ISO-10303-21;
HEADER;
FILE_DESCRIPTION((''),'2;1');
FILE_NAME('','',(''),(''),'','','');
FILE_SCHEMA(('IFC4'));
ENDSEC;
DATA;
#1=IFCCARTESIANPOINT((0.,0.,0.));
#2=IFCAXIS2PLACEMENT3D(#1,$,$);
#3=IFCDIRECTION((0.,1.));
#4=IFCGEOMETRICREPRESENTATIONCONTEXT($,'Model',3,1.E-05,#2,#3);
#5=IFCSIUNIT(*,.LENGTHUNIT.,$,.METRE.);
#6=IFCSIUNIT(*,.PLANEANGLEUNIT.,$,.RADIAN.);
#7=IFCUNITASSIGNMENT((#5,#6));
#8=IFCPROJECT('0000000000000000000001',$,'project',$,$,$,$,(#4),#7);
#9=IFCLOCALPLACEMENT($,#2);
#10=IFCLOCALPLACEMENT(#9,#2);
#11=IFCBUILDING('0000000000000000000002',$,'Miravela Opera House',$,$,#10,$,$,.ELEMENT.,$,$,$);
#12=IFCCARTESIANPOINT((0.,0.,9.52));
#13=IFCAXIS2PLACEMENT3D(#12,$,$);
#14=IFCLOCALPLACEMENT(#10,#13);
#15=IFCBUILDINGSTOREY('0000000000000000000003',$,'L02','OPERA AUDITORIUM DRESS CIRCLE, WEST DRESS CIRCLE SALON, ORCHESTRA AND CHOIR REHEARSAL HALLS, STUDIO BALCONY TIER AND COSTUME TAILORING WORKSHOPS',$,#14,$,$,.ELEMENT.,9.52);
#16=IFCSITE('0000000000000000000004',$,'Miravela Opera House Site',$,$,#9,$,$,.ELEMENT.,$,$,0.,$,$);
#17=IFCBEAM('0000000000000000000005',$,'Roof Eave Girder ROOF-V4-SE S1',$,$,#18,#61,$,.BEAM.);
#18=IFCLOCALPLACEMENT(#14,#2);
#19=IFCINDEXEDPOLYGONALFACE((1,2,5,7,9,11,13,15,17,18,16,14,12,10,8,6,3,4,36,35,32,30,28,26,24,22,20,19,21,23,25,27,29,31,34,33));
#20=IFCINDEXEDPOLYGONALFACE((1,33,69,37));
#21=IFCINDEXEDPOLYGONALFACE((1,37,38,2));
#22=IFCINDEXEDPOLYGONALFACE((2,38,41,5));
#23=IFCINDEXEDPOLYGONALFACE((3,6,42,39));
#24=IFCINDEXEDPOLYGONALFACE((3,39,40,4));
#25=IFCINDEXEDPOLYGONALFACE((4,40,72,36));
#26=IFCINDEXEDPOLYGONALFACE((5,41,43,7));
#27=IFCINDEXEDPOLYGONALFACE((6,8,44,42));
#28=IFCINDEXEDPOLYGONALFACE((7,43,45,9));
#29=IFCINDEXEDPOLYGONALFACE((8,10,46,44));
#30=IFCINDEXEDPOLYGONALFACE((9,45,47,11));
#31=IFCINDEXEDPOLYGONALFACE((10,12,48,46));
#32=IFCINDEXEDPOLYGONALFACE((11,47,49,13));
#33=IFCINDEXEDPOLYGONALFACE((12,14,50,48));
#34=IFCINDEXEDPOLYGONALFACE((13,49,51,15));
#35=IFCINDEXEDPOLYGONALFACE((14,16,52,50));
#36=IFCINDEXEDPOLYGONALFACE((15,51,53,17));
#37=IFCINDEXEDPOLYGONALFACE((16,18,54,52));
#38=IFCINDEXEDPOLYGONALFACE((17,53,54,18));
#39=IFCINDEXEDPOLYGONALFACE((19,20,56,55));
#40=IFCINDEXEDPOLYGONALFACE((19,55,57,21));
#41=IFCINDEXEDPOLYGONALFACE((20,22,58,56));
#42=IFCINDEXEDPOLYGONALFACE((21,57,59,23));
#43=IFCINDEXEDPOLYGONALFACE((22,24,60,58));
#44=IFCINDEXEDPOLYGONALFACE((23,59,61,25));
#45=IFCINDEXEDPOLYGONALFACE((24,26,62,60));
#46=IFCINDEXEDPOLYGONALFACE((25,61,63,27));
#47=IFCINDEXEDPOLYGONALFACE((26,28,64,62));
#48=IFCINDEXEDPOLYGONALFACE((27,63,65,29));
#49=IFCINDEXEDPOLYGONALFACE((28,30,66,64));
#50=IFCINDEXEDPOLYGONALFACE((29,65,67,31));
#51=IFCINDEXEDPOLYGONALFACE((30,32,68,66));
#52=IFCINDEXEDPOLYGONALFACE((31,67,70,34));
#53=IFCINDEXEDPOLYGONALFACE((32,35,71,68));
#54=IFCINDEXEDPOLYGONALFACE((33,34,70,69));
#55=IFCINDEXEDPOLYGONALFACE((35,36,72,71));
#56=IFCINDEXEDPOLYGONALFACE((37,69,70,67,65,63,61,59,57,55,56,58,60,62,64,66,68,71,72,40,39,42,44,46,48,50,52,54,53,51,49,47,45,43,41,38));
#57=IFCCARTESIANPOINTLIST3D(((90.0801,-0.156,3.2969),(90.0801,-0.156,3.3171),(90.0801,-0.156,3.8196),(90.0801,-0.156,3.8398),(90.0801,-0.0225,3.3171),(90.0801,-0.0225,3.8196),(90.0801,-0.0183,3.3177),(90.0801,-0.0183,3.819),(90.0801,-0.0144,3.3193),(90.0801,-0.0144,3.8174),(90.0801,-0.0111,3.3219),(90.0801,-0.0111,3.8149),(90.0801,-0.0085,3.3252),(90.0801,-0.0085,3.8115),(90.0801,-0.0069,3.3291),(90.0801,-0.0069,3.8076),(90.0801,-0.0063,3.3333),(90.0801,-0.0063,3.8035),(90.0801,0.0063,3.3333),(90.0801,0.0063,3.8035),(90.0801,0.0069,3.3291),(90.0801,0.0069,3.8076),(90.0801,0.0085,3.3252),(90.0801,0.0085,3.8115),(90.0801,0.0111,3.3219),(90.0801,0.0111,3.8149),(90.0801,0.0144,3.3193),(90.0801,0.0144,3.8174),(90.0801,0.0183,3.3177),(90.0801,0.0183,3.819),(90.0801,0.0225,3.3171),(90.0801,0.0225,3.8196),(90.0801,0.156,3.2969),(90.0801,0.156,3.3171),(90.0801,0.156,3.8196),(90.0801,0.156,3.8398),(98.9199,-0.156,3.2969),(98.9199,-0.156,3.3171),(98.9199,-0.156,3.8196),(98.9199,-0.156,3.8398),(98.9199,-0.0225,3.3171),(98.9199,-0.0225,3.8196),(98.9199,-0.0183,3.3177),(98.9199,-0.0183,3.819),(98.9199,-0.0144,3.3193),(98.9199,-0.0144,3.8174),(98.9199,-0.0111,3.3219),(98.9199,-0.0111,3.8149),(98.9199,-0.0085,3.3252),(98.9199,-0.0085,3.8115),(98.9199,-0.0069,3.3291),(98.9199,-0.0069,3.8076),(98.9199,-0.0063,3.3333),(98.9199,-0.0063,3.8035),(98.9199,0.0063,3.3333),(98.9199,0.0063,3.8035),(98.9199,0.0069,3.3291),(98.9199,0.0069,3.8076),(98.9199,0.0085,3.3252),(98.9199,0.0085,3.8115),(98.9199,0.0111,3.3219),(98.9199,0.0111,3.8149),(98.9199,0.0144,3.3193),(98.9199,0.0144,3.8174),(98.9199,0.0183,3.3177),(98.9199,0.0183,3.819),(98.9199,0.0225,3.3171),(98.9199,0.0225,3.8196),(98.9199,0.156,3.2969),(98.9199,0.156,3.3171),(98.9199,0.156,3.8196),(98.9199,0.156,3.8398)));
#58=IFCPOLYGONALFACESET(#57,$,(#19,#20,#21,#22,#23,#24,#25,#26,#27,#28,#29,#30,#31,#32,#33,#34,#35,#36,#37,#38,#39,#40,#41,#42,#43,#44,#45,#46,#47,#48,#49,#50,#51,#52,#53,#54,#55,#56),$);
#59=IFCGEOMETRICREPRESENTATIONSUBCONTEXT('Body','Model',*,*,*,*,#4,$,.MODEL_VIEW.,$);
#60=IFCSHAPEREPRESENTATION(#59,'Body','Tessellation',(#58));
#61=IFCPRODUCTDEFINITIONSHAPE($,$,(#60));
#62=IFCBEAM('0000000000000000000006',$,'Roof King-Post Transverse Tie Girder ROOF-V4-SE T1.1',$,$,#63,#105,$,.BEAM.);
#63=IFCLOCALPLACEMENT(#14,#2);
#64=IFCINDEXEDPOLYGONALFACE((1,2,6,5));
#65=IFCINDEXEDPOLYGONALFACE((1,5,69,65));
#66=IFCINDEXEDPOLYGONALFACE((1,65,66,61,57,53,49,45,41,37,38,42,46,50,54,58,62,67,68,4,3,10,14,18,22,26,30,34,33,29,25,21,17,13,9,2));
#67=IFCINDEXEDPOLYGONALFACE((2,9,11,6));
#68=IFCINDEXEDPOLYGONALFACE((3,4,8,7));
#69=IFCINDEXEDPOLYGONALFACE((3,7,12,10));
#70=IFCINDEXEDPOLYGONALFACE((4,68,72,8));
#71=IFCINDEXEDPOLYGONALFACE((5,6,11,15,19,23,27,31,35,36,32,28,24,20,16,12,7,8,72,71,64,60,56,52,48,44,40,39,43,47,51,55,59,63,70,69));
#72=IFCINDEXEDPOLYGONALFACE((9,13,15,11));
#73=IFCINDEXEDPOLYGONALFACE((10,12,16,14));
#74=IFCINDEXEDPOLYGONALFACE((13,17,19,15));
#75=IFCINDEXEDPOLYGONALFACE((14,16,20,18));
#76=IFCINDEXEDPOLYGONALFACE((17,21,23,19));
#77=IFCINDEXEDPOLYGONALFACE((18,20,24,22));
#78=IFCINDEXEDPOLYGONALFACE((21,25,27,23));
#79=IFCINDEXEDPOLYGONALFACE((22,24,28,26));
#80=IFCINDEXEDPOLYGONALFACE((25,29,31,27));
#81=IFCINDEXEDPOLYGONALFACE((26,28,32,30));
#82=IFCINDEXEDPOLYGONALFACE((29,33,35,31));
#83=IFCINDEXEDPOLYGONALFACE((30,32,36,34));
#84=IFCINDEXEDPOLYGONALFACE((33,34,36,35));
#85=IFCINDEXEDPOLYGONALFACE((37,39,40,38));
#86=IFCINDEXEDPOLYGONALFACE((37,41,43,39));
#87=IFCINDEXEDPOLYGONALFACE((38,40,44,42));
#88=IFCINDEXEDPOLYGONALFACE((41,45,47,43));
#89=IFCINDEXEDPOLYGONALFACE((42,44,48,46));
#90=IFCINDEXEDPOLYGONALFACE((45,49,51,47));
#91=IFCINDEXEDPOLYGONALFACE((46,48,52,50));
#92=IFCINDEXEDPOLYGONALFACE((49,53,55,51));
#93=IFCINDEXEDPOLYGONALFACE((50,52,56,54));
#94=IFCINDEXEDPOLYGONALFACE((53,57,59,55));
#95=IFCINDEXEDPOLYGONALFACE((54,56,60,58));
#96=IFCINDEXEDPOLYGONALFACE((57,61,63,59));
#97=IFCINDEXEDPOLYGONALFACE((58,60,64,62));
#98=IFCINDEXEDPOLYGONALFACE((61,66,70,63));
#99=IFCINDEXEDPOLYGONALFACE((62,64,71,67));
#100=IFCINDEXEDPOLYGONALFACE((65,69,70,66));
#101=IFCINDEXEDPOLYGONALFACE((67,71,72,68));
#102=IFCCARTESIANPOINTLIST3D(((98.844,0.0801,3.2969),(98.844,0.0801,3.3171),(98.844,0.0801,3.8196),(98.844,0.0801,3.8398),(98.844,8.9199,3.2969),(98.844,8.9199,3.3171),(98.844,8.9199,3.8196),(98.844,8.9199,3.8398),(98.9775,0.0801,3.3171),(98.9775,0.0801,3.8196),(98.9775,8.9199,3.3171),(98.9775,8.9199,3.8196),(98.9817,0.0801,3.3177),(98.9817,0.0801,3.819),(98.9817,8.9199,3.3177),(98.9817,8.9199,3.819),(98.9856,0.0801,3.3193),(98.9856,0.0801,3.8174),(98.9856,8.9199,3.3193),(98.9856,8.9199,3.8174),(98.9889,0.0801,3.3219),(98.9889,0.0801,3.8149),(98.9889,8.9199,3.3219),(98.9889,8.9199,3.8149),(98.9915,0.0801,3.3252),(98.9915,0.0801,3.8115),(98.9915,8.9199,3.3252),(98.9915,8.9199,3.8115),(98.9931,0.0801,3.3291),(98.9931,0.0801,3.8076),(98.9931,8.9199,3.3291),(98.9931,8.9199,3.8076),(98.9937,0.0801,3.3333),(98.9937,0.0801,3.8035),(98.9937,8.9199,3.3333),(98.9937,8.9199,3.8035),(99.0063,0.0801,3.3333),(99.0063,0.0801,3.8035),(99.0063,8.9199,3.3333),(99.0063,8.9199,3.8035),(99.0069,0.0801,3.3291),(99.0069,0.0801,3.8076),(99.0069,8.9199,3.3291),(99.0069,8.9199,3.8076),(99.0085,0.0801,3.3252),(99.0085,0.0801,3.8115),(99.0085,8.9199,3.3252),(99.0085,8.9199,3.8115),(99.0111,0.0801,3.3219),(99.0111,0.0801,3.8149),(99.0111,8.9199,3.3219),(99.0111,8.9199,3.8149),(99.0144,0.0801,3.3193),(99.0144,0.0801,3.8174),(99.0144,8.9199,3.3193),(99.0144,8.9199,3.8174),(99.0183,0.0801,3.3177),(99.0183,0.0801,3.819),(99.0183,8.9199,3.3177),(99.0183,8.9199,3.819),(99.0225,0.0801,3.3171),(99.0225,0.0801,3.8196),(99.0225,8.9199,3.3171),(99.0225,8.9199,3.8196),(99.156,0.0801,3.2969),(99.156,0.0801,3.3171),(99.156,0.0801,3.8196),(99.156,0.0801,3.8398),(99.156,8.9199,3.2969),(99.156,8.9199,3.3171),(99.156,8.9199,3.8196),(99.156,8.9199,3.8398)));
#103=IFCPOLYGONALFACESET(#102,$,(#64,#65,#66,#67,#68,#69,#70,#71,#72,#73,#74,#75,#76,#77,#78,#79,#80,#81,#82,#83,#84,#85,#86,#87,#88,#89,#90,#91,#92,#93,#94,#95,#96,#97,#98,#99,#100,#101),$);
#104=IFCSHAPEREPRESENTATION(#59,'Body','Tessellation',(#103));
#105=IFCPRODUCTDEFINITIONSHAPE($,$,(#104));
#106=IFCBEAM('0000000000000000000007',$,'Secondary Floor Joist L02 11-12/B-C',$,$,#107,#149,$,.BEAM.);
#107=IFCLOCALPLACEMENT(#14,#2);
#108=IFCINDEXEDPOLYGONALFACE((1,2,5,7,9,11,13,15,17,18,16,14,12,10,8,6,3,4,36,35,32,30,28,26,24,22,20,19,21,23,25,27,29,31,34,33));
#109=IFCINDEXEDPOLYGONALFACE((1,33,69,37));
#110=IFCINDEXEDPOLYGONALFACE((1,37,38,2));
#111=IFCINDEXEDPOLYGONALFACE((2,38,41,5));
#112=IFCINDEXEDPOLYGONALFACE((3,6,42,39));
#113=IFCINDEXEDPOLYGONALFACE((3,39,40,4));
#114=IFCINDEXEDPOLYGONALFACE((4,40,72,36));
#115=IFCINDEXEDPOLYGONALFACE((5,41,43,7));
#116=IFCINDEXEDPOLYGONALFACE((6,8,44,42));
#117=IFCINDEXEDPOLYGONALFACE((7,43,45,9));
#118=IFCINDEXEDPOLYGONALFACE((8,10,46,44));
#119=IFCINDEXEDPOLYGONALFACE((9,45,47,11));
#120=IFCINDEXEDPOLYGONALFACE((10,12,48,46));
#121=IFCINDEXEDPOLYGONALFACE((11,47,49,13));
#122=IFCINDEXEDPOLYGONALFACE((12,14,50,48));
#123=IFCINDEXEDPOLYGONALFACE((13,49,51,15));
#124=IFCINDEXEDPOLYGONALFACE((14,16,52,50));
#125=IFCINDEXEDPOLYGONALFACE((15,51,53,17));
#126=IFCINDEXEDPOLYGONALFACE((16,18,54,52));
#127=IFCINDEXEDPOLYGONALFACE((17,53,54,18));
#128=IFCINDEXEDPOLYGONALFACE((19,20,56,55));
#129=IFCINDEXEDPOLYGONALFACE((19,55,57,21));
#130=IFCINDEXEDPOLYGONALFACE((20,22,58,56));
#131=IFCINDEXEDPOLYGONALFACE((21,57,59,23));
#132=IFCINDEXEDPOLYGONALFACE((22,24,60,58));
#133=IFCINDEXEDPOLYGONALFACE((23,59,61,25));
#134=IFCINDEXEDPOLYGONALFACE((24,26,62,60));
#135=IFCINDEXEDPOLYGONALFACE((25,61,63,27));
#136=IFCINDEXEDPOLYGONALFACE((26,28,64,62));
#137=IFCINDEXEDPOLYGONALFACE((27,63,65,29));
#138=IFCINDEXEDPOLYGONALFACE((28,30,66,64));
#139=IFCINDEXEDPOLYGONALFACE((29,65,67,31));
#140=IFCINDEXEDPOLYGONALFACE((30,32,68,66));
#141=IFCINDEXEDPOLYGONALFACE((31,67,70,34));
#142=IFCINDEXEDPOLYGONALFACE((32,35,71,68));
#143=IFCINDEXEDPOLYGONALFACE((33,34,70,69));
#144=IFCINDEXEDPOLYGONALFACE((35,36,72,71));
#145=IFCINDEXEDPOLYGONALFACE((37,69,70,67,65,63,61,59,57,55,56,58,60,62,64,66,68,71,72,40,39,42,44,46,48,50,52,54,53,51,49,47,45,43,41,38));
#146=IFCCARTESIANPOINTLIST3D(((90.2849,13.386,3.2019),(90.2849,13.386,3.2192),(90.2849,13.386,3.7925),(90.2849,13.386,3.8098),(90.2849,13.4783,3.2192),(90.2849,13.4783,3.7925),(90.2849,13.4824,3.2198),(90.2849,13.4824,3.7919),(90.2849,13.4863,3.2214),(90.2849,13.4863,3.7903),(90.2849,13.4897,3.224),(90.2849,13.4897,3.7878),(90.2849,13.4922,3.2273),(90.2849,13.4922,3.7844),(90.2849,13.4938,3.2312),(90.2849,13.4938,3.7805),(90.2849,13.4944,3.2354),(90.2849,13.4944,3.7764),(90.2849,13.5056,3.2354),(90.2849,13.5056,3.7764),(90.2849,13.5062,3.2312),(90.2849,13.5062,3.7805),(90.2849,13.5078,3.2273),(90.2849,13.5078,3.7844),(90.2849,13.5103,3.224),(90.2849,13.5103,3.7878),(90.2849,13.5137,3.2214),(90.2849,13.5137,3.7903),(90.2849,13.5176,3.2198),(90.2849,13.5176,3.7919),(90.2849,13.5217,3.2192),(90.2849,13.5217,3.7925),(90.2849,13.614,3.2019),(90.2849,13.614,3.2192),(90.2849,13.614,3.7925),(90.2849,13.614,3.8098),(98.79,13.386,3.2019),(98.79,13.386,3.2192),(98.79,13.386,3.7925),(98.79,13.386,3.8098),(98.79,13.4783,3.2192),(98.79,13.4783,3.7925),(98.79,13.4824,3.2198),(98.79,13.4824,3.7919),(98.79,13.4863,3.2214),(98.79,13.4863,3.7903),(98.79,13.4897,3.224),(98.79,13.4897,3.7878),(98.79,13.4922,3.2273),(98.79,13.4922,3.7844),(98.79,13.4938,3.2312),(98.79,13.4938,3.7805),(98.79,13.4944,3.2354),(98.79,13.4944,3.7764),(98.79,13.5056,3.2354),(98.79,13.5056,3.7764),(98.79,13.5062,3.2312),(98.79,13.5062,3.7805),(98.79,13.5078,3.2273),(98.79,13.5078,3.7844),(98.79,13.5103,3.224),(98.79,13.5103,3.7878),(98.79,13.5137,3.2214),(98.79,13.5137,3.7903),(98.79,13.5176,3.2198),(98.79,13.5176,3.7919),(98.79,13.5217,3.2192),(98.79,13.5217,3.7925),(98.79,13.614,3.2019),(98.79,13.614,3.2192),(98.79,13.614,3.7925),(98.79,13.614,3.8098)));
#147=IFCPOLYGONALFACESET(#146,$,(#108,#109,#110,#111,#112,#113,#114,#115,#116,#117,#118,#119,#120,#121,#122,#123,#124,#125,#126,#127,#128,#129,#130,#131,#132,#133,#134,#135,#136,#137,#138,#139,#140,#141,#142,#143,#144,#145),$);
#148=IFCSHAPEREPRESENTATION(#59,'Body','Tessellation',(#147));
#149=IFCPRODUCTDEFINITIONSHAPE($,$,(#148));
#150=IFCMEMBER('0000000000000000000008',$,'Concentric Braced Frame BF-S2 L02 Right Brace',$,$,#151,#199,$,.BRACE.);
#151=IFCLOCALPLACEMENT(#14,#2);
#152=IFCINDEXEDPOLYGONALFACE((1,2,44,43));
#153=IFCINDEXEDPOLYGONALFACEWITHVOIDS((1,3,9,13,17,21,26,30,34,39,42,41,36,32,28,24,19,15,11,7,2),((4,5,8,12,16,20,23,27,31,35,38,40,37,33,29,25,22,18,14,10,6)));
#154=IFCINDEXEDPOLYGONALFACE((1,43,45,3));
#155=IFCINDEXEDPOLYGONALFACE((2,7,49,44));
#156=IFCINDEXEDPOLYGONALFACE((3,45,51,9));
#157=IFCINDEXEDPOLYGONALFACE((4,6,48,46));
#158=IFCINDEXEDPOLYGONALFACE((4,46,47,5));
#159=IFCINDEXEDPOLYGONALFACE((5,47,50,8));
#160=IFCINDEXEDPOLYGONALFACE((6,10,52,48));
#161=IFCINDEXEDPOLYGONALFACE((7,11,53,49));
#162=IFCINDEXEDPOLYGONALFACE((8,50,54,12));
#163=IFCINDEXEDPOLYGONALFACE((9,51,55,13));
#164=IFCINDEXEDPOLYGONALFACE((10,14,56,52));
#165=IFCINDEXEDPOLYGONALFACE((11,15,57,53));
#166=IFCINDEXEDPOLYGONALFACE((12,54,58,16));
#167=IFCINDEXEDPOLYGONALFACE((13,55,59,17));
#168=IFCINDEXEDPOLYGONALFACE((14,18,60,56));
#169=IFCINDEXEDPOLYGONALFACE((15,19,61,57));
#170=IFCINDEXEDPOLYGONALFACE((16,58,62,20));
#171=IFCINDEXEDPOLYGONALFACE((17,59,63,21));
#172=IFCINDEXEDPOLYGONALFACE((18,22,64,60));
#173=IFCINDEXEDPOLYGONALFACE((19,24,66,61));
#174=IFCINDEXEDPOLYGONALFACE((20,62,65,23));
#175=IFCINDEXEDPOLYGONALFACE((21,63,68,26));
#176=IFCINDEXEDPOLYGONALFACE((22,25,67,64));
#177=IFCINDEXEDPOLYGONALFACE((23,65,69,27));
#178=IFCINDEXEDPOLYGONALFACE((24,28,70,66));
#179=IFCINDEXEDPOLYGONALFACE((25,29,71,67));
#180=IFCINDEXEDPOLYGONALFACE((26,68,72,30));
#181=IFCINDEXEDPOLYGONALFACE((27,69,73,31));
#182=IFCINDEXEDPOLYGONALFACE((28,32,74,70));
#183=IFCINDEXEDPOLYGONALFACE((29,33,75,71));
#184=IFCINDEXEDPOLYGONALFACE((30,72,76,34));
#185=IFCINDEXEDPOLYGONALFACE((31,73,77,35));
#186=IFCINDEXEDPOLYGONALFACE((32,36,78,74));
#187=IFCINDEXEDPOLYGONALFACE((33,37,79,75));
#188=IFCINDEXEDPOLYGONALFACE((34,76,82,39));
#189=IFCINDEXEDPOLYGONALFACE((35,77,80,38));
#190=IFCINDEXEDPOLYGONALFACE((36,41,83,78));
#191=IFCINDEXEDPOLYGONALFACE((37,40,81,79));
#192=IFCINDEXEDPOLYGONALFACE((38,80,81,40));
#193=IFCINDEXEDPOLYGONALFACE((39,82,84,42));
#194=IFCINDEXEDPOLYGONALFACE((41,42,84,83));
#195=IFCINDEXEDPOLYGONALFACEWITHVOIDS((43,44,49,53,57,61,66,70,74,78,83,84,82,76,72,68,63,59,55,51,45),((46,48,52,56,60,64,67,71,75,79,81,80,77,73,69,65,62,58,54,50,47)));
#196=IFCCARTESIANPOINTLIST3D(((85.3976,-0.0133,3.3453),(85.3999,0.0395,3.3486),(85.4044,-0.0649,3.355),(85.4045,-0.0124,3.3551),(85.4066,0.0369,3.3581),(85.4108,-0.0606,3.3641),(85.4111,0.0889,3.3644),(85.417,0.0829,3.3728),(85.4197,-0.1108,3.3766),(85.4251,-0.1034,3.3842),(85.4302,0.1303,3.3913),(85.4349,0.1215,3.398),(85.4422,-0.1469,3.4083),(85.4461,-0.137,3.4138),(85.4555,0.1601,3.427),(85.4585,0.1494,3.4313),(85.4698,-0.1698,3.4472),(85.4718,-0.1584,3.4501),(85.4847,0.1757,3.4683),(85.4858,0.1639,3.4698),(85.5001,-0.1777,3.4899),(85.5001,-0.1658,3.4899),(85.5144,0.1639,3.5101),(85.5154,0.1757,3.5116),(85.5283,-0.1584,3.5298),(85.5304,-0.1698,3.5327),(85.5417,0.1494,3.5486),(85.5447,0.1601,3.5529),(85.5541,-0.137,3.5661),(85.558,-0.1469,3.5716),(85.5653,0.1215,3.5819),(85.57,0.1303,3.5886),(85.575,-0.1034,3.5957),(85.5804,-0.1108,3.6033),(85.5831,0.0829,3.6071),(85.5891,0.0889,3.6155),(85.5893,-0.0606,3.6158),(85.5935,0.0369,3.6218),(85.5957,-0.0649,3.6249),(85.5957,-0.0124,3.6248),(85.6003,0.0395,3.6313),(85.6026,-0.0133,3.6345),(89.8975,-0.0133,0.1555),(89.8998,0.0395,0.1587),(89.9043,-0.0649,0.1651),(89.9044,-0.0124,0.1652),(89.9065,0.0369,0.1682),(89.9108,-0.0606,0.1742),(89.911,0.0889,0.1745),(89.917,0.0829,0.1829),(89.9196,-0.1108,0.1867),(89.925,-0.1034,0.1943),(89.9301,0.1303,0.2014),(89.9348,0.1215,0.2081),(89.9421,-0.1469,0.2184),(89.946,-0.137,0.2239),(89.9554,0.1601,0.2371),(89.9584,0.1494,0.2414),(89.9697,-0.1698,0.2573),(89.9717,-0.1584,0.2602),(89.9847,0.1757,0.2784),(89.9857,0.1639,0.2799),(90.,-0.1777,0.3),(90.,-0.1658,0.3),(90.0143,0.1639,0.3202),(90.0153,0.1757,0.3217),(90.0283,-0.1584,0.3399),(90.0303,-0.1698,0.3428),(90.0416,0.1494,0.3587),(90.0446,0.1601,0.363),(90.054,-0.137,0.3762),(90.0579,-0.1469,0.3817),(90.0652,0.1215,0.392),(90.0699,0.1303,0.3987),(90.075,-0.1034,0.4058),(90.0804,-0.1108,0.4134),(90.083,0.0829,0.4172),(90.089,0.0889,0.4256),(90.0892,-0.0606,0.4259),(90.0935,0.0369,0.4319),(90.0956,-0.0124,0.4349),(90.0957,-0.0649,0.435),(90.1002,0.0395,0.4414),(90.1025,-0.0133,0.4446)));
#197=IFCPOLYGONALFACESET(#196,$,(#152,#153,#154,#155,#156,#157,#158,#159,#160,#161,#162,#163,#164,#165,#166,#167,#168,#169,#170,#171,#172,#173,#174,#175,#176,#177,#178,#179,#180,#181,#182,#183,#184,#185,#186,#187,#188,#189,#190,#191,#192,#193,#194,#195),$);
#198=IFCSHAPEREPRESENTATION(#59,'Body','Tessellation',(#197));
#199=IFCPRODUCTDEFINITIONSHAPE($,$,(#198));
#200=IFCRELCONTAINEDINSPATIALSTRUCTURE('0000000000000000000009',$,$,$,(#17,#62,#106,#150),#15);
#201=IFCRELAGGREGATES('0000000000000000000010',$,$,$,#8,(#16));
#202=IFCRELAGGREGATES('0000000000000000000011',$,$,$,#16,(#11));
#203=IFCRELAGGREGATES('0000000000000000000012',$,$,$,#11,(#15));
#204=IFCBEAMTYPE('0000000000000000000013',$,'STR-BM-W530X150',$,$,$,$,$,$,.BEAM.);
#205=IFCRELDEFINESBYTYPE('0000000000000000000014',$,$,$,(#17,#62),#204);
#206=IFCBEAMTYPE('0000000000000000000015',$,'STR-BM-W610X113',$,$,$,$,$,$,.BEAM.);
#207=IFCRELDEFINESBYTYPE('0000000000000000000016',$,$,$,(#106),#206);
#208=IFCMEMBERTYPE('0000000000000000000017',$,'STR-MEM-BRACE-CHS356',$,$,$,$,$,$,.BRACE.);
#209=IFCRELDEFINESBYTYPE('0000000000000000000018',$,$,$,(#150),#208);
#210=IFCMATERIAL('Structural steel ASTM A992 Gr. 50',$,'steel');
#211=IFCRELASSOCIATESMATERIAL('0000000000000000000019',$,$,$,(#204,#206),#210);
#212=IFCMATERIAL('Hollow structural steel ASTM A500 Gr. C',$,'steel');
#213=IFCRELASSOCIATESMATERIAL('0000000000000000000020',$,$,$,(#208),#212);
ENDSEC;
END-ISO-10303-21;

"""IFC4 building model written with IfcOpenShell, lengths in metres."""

from ifc_helpers import new_model, si_unit, direction, frame, origin, origin_2d, place, context, subcontext, project, spatial, hollow_circle, i_section, extrude, material, material_profile, profile_set, type_object, element, save


model = new_model("IFC4")

# Units and contexts
model_context = context("Model", 3, precision=1e-05, world=origin(), true_north=direction((0.0, 1.0)))
body_context = subcontext(model_context, "Body", "Model", "MODEL_VIEW")
ifc_project = project(units=[si_unit("LENGTHUNIT", "METRE"), si_unit("PLANEANGLEUNIT", "RADIAN")], contexts=[model_context])

# Site, building, storey
site_placement = place(None, origin())
site = spatial("IfcSite", under=ifc_project, at=site_placement, Name="Miravela Opera House Site", CompositionType="ELEMENT", RefElevation=0.0)
building_placement = place(site_placement, origin())
building = spatial("IfcBuilding", under=site, at=building_placement, Name="Miravela Opera House", CompositionType="ELEMENT")
storey_placement = place(building_placement, frame((0.0, 0.0, 9.52)))
storey = spatial("IfcBuildingStorey", under=building, at=storey_placement, Name="L02", Description="OPERA AUDITORIUM DRESS CIRCLE, WEST DRESS CIRCLE SALON, ORCHESTRA AND CHOIR REHEARSAL HALLS, STUDIO BALCONY TIER AND COSTUME TAILORING WORKSHOPS", CompositionType="ELEMENT", Elevation=9.52)

# Beams
ifc_material_1 = material(Name="Structural steel ASTM A992 Gr. 50", Category="steel")
ifc_material_profile_1 = material_profile(ifc_material_1, i_section(OverallWidth=0.312, OverallDepth=0.543, WebThickness=0.0127, FlangeThickness=0.0203, FilletRadius=0.0161, at=origin_2d()), Name="W530X150")
ifc_profile_set_1 = profile_set([ifc_material_profile_1])
beam_type_1 = type_object("IfcBeamType", Name="STR-BM-W530X150", PredefinedType="BEAM", material=ifc_profile_set_1)
for number, where, z_axis, x_axis, name in (
    (1, (90.0801, 0.0, 3.5684), (1.0, 0.0, 0.0), (0.0, 1.0, 0.0), "Roof Eave Girder ROOF-V4-SE S1"),
    (2, (99.0, 0.0801, 3.5684), (0.0, 1.0, 0.0), (-1.0, 0.0, 0.0), "Roof King-Post Transverse Tie Girder ROOF-V4-SE T1.1"),
):
    element("IfcBeam", number, at=place(storey_placement, frame(where, z_axis=z_axis, x_axis=x_axis)), inside=storey, type_object=beam_type_1, Name=name, PredefinedType="BEAM", context=body_context, shape_type="SweptSolid", body=[
        extrude(i_section(OverallWidth=0.312, OverallDepth=0.543, WebThickness=0.0127, FlangeThickness=0.0203, FilletRadius=0.0161, at=origin_2d()), origin(), (0.0, 0.0, 1.0), 8.8398),
    ])
ifc_material_profile_2 = material_profile(ifc_material_1, i_section(OverallWidth=0.228, OverallDepth=0.6079, WebThickness=0.0112, FlangeThickness=0.0173, FilletRadius=0.0161, at=origin_2d()), Name="W610X113")
ifc_profile_set_2 = profile_set([ifc_material_profile_2])
beam_type_2 = type_object("IfcBeamType", Name="STR-BM-W610X113", PredefinedType="BEAM", material=ifc_profile_set_2)
beam_1_placement = place(storey_placement, frame((90.2849, 13.5, 3.5059), z_axis=(1.0, 0.0, 0.0), x_axis=(0.0, 1.0, 0.0)))
element("IfcBeam", 3, at=beam_1_placement, inside=storey, type_object=beam_type_2, Name="Secondary Floor Joist L02 11-12/B-C", PredefinedType="BEAM", context=body_context, shape_type="SweptSolid", body=[
    extrude(i_section(OverallWidth=0.228, OverallDepth=0.6079, WebThickness=0.0112, FlangeThickness=0.0173, FilletRadius=0.0161, at=origin_2d()), origin(), (0.0, 0.0, 1.0), 8.5051),
])

# Member
ifc_material_2 = material(Name="Hollow structural steel ASTM A500 Gr. C", Category="steel")
ifc_material_profile_3 = material_profile(ifc_material_2, hollow_circle(Radius=0.1777, WallThickness=0.012, at=origin_2d()), Name="CHS356X12")
ifc_profile_set_3 = profile_set([ifc_material_profile_3])
member_type = type_object("IfcMemberType", Name="STR-MEM-BRACE-CHS356", PredefinedType="BRACE", material=ifc_profile_set_3)
member_placement = place(storey_placement, frame((90.0, 0.0, 0.3), z_axis=(-0.815816, 0.0, 0.578312), x_axis=(0.0, -1.0, 0.0)))
element("IfcMember", 4, at=member_placement, inside=storey, type_object=member_type, Name="Concentric Braced Frame BF-S2 L02 Right Brace", PredefinedType="BRACE", context=body_context, shape_type="SweptSolid", body=[
    extrude(hollow_circle(Radius=0.1777, WallThickness=0.012, at=origin_2d()), origin(), (0.0, 0.0, 1.0), 5.5159),
])

save(model, "model.ifc")
